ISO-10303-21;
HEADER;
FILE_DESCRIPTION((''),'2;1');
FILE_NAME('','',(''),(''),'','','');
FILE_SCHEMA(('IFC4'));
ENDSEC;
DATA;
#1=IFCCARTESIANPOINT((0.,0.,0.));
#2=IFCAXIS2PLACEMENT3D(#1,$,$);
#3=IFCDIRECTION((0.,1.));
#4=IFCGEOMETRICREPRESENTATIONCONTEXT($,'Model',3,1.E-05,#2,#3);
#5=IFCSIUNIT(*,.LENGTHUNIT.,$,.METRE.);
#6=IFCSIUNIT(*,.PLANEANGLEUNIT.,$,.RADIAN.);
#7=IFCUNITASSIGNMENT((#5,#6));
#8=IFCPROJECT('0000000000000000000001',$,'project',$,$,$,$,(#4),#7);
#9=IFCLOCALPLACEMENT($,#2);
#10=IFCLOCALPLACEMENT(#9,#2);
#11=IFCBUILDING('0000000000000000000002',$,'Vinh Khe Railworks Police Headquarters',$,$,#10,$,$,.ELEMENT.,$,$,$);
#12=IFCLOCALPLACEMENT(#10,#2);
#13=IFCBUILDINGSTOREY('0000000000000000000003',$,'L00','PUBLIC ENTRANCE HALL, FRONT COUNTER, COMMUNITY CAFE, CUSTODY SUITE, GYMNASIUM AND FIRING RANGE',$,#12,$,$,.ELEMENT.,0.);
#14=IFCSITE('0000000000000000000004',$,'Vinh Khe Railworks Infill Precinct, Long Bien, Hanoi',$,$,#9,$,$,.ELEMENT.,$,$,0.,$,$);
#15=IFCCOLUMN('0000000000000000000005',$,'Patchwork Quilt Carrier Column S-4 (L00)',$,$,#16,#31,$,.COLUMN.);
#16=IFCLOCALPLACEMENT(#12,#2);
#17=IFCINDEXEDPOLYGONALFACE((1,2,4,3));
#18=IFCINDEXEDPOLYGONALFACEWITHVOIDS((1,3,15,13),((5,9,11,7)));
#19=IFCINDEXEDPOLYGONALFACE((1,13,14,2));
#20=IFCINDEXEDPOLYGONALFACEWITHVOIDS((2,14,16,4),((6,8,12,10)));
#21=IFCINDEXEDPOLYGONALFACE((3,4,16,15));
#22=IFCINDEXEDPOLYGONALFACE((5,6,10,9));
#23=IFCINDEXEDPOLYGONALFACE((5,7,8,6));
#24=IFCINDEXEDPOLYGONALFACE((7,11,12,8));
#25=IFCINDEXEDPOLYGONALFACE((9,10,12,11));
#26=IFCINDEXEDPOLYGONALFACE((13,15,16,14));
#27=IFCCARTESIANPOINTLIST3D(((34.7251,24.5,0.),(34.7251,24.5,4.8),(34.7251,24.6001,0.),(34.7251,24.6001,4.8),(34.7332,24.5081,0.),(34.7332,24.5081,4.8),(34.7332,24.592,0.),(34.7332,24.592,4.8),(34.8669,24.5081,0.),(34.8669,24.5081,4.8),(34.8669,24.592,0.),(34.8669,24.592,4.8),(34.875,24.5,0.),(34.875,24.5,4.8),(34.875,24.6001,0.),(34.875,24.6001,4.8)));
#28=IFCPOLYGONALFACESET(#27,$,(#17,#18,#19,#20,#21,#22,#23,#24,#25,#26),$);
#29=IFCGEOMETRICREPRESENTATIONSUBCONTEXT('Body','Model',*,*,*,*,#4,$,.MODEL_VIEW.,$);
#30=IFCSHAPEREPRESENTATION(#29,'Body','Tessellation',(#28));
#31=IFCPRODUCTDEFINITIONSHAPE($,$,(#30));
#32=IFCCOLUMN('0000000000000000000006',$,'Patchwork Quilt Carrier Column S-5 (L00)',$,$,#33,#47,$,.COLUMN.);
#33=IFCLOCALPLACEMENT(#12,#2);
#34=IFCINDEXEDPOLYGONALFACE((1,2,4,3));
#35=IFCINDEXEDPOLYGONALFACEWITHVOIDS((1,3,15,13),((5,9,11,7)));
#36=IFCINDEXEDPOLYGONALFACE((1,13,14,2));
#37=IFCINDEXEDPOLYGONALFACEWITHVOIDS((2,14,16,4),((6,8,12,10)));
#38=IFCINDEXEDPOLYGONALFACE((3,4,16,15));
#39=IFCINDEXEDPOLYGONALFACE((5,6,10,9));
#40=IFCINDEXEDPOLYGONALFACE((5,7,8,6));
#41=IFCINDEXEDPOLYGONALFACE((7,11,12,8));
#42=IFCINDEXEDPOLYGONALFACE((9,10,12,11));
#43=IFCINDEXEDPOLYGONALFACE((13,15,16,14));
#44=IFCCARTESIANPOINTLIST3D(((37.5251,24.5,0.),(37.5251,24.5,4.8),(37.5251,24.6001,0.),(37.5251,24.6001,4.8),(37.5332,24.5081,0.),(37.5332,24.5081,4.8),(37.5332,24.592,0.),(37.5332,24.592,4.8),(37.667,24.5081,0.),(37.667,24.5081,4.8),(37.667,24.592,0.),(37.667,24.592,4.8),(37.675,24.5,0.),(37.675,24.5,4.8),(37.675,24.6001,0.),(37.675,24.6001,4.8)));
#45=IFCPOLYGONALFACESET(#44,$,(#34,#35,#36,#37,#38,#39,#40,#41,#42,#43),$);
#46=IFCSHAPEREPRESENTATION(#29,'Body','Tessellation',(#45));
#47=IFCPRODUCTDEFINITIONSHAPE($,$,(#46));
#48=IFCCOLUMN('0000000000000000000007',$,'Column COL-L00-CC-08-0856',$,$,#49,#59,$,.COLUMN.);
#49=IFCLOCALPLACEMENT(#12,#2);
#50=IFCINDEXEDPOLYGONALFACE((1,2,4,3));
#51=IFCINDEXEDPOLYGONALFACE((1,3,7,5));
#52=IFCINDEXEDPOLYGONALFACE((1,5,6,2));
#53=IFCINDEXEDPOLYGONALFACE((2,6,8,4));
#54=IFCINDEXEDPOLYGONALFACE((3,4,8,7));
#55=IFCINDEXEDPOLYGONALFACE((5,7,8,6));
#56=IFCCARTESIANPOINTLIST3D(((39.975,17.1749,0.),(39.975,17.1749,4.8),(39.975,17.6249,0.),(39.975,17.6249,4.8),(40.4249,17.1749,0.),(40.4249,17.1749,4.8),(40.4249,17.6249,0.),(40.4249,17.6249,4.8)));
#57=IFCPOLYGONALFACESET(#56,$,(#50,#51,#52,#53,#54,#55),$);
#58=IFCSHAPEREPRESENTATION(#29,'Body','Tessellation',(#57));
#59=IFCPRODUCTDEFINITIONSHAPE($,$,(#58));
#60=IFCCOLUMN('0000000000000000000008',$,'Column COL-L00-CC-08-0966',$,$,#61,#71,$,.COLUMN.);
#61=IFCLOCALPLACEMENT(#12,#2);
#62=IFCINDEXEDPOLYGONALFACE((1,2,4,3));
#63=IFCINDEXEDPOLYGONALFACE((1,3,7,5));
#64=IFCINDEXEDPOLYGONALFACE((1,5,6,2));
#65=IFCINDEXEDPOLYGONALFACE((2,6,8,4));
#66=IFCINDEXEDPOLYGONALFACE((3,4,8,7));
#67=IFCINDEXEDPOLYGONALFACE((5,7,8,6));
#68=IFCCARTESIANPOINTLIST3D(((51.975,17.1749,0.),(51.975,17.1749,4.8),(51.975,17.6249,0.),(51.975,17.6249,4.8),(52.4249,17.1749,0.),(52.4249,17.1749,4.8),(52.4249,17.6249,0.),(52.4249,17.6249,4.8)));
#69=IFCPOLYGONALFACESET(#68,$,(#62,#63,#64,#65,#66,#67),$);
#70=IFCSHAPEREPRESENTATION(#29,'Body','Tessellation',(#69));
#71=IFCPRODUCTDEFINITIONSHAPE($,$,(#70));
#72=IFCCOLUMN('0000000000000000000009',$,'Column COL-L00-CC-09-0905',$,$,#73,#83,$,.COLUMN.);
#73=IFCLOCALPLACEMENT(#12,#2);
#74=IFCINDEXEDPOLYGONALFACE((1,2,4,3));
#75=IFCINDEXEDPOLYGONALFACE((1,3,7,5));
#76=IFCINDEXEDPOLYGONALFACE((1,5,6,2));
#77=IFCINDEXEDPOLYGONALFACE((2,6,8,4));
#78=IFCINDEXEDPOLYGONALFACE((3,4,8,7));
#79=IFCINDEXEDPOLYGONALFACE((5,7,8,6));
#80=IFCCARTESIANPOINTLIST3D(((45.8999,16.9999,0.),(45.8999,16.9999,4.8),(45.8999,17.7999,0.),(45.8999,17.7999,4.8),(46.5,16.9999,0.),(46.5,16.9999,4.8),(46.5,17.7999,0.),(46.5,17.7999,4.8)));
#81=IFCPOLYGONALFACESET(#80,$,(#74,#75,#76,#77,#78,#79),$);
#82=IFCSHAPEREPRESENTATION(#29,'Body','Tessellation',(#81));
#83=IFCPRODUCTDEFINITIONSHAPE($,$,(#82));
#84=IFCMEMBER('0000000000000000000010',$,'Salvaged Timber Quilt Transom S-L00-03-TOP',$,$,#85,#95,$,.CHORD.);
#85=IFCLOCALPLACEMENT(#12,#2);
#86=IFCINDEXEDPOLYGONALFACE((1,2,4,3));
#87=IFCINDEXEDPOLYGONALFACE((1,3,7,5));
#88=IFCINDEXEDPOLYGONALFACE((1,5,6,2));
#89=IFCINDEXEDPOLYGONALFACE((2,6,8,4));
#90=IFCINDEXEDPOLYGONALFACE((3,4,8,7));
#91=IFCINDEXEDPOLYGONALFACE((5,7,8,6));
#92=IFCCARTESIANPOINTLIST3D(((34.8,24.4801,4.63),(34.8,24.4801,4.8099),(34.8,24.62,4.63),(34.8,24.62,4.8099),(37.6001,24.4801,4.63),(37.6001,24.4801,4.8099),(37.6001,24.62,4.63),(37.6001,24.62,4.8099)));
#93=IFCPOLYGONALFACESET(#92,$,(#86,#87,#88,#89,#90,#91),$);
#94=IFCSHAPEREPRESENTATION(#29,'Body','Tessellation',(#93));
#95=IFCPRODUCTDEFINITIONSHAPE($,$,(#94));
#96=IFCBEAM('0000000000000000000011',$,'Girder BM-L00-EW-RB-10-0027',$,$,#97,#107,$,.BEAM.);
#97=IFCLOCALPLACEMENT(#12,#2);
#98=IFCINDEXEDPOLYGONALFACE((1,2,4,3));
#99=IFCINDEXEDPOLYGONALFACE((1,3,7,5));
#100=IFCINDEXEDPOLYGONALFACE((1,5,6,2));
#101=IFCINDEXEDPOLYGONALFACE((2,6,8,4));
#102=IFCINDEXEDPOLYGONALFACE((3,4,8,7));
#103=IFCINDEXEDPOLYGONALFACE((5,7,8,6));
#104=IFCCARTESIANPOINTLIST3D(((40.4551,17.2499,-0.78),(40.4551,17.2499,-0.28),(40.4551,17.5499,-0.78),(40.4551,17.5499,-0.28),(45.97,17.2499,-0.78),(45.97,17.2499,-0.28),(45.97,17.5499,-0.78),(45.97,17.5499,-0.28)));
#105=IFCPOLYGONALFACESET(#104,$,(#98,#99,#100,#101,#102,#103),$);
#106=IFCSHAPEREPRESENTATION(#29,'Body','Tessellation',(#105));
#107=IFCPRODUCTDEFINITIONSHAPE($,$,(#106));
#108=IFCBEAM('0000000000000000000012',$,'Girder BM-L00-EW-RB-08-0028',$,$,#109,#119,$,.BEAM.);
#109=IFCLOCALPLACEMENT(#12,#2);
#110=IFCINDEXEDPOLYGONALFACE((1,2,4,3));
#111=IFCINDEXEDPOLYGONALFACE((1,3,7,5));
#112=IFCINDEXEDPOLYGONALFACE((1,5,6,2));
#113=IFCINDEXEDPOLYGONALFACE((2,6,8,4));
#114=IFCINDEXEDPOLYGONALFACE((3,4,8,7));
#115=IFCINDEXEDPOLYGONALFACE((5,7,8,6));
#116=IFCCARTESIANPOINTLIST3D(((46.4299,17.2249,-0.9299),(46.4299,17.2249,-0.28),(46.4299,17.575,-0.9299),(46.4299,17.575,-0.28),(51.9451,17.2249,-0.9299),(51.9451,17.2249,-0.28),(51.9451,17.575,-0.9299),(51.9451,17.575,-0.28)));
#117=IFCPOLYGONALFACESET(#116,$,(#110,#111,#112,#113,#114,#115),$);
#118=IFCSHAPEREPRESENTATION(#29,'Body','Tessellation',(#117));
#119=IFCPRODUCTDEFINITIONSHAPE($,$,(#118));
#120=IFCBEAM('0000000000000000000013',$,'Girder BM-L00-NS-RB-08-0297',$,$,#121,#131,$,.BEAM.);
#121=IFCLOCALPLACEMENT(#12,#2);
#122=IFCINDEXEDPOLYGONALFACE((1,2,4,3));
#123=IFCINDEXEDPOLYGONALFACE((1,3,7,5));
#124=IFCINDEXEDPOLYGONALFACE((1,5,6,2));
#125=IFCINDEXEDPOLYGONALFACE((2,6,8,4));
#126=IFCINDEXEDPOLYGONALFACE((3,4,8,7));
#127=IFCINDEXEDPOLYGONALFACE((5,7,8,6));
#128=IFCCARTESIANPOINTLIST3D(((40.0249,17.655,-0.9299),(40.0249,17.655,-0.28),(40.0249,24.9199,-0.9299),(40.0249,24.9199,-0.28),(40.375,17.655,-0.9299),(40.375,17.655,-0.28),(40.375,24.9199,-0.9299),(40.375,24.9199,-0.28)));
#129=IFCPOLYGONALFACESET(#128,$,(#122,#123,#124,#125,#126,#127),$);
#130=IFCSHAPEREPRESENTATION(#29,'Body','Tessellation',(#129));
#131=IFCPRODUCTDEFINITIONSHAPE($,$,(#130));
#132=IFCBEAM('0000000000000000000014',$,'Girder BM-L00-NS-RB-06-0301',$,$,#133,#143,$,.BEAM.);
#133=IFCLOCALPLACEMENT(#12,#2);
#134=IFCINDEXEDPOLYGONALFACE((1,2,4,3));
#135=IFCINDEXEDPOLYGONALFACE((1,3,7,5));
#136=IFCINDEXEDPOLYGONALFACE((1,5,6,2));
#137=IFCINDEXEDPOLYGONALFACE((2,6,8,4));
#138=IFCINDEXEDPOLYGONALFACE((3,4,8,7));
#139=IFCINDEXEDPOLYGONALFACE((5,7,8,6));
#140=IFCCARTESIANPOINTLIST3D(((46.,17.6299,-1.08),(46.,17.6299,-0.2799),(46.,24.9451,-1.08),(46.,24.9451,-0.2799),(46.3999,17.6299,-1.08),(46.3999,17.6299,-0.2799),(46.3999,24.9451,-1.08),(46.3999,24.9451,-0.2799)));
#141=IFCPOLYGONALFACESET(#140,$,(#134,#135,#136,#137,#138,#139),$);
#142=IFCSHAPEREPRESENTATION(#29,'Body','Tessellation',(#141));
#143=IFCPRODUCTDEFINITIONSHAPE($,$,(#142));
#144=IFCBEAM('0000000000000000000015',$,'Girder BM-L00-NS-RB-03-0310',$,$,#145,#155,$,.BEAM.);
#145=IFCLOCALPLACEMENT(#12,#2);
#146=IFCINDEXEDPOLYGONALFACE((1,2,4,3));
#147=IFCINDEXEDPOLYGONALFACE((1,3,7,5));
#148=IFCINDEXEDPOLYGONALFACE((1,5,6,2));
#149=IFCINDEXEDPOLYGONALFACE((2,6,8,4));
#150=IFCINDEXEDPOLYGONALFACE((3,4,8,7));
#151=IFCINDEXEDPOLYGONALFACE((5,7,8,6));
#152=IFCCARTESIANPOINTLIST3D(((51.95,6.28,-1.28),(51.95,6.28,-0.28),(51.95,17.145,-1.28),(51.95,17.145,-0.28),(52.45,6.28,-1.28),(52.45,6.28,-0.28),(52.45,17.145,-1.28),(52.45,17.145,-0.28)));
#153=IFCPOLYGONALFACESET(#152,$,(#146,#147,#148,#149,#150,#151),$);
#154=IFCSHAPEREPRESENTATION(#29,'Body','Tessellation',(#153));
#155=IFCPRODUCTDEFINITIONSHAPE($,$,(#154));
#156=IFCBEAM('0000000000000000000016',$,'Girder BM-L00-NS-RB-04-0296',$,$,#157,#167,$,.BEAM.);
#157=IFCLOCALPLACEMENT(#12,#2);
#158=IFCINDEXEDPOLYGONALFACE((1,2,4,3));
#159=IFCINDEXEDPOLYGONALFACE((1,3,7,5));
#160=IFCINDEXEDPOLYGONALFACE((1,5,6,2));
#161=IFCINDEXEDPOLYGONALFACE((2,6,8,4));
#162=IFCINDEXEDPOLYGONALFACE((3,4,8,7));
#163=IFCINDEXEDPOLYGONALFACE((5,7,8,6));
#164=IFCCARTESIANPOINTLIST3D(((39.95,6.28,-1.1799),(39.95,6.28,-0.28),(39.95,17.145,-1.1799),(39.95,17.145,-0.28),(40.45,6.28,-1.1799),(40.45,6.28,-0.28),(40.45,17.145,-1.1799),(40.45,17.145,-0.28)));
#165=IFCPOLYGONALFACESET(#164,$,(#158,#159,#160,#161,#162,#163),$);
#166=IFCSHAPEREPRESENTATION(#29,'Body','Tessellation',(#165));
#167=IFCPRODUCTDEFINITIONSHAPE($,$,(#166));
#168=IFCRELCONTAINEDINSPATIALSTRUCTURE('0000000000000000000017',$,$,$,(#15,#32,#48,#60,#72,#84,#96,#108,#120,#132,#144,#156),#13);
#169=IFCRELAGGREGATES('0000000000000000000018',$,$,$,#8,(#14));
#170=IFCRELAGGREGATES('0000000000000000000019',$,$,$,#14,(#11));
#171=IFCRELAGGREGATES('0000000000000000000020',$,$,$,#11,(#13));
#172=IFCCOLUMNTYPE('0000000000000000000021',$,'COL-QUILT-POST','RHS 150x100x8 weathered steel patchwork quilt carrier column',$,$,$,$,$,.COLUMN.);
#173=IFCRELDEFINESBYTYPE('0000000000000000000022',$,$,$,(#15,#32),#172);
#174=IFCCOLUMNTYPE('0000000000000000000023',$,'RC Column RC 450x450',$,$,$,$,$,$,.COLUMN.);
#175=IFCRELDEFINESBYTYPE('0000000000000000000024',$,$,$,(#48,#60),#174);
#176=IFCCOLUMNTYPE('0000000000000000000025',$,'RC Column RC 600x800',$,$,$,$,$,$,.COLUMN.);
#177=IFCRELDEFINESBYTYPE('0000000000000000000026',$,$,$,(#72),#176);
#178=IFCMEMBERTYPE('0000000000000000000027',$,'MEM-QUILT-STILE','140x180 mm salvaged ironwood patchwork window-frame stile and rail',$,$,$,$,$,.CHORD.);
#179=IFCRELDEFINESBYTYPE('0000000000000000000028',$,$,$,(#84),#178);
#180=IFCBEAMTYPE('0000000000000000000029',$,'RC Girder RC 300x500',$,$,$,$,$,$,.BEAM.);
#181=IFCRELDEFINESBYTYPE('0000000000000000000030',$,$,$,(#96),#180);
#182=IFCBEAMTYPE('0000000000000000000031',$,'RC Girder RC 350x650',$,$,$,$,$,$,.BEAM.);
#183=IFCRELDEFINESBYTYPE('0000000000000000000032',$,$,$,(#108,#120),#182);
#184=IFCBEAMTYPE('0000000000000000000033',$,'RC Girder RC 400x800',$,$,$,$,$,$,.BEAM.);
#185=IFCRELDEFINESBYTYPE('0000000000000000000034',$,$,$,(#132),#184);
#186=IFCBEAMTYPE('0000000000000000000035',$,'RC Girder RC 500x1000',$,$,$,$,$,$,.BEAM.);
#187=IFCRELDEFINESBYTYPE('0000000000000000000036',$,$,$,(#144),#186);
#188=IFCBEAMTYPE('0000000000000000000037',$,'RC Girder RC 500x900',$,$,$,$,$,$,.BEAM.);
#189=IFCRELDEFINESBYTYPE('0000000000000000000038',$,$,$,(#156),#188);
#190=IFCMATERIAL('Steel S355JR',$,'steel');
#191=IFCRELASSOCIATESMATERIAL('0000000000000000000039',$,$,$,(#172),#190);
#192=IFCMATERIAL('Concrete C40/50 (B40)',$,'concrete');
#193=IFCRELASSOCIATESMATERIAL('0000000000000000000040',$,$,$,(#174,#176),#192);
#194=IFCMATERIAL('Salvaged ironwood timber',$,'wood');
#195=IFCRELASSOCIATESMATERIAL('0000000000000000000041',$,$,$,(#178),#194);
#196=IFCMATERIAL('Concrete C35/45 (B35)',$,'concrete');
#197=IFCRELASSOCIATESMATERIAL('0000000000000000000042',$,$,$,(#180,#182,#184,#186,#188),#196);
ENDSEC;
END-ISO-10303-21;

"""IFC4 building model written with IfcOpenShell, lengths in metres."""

from ifc_helpers import new_model, si_unit, direction, frame, origin, origin_2d, place, context, subcontext, project, spatial, rectangle, hollow_rectangle, extrude, material, material_profile, profile_set, type_object, element, save


model = new_model("IFC4")

# Units and contexts
model_context = context("Model", 3, precision=1e-05, world=origin(), true_north=direction((0.0, 1.0)))
body_context = subcontext(model_context, "Body", "Model", "MODEL_VIEW")
ifc_project = project(units=[si_unit("LENGTHUNIT", "METRE"), si_unit("PLANEANGLEUNIT", "RADIAN")], contexts=[model_context])

# Site, building, storey
site_placement = place(None, origin())
site = spatial("IfcSite", under=ifc_project, at=site_placement, Name="Vinh Khe Railworks Infill Precinct, Long Bien, Hanoi", CompositionType="ELEMENT", RefElevation=0.0)
building_placement = place(site_placement, origin())
building = spatial("IfcBuilding", under=site, at=building_placement, Name="Vinh Khe Railworks Police Headquarters", CompositionType="ELEMENT")
storey_placement = place(building_placement, origin())
storey = spatial("IfcBuildingStorey", under=building, at=storey_placement, Name="L00", Description="PUBLIC ENTRANCE HALL, FRONT COUNTER, COMMUNITY CAFE, CUSTODY SUITE, GYMNASIUM AND FIRING RANGE", CompositionType="ELEMENT", Elevation=0.0)

# Columns
ifc_material_1 = material(Name="Steel S355JR", Category="steel")
ifc_material_profile_1 = material_profile(ifc_material_1, hollow_rectangle(XDim=0.1499, YDim=0.1001, WallThickness=0.0081, at=origin_2d()), Name="RHS 150x100x8")
ifc_profile_set_1 = profile_set([ifc_material_profile_1], Name="Steel S355JR")
column_type_1 = type_object("IfcColumnType", Name="COL-QUILT-POST", Description="RHS 150x100x8 weathered steel patchwork quilt carrier column", PredefinedType="COLUMN", material=ifc_profile_set_1)
for number, where, z_axis, x_axis, name in (
    (1, (34.8, 24.55, 0.0), (0.0, 0.0, 1.0), (1.0, 0.0, 0.0), "Patchwork Quilt Carrier Column S-4 (L00)"),
    (2, (37.6001, 24.55, 0.0), (0.0, 0.0, 1.0), (1.0, 0.0, 0.0), "Patchwork Quilt Carrier Column S-5 (L00)"),
):
    element("IfcColumn", number, at=place(storey_placement, frame(where, z_axis=z_axis, x_axis=x_axis)), inside=storey, type_object=column_type_1, Name=name, PredefinedType="COLUMN", context=body_context, shape_type="SweptSolid", body=[
        extrude(hollow_rectangle(XDim=0.1499, YDim=0.1001, WallThickness=0.0081, at=origin_2d()), origin(), (0.0, 0.0, 1.0), 4.8),
    ])
ifc_material_2 = material(Name="Concrete C40/50 (B40)", Category="concrete")
ifc_material_profile_2 = material_profile(ifc_material_2, rectangle(XDim=0.45, YDim=0.45, at=origin_2d()), Name="RC 450x450")
ifc_profile_set_2 = profile_set([ifc_material_profile_2], Name="Concrete C40/50 (B40)")
column_type_2 = type_object("IfcColumnType", Name="RC Column RC 450x450", PredefinedType="COLUMN", material=ifc_profile_set_2)
for number, where, z_axis, x_axis, name in (
    (3, (40.2, 17.3999, 0.0), (0.0, 0.0, 1.0), (1.0, 0.0, 0.0), "Column COL-L00-CC-08-0856"),
    (4, (52.2, 17.3999, 0.0), (0.0, 0.0, 1.0), (1.0, 0.0, 0.0), "Column COL-L00-CC-08-0966"),
):
    element("IfcColumn", number, at=place(storey_placement, frame(where, z_axis=z_axis, x_axis=x_axis)), inside=storey, type_object=column_type_2, Name=name, PredefinedType="COLUMN", context=body_context, shape_type="SweptSolid", body=[
        extrude(rectangle(XDim=0.45, YDim=0.45, at=origin_2d()), origin(), (0.0, 0.0, 1.0), 4.8),
    ])
ifc_material_profile_3 = material_profile(ifc_material_2, rectangle(XDim=0.6001, YDim=0.8, at=origin_2d()), Name="RC 600x800")
ifc_profile_set_3 = profile_set([ifc_material_profile_3], Name="Concrete C40/50 (B40)")
column_type_3 = type_object("IfcColumnType", Name="RC Column RC 600x800", PredefinedType="COLUMN", material=ifc_profile_set_3)
column_placement = place(storey_placement, frame((46.2, 17.3999, 0.0), z_axis=(0.0, 0.0, 1.0), x_axis=(1.0, 0.0, 0.0)))
element("IfcColumn", 5, at=column_placement, inside=storey, type_object=column_type_3, Name="Column COL-L00-CC-09-0905", PredefinedType="COLUMN", context=body_context, shape_type="SweptSolid", body=[
    extrude(rectangle(XDim=0.6001, YDim=0.8, at=origin_2d()), origin(), (0.0, 0.0, 1.0), 4.8),
])

# Member
ifc_material_3 = material(Name="Salvaged ironwood timber", Category="wood")
ifc_material_profile_4 = material_profile(ifc_material_3, rectangle(XDim=0.1399, YDim=0.1799, at=origin_2d()), Name="TIMBER 140x180")
ifc_profile_set_4 = profile_set([ifc_material_profile_4], Name="Salvaged ironwood timber")
member_type = type_object("IfcMemberType", Name="MEM-QUILT-STILE", Description="140x180 mm salvaged ironwood patchwork window-frame stile and rail", PredefinedType="CHORD", material=ifc_profile_set_4)
member_placement = place(storey_placement, frame((34.8, 24.55, 4.72), z_axis=(1.0, 0.0, 0.0), x_axis=(0.0, 1.0, 0.0)))
element("IfcMember", 6, at=member_placement, inside=storey, type_object=member_type, Name="Salvaged Timber Quilt Transom S-L00-03-TOP", PredefinedType="CHORD", context=body_context, shape_type="SweptSolid", body=[
    extrude(rectangle(XDim=0.1399, YDim=0.1799, at=origin_2d()), origin(), (0.0, 0.0, 1.0), 2.8),
])

# Beams
ifc_material_4 = material(Name="Concrete C35/45 (B35)", Category="concrete")
ifc_material_profile_5 = material_profile(ifc_material_4, rectangle(XDim=0.3, YDim=0.5, at=origin_2d()), Name="RC 300x500")
ifc_profile_set_5 = profile_set([ifc_material_profile_5], Name="Concrete C35/45 (B35)")
beam_type_1 = type_object("IfcBeamType", Name="RC Girder RC 300x500", PredefinedType="BEAM", material=ifc_profile_set_5)
beam_1_placement = place(storey_placement, frame((40.4551, 17.3999, -0.53), z_axis=(1.0, 0.0, 0.0), x_axis=(0.0, 1.0, 0.0)))
element("IfcBeam", 7, at=beam_1_placement, inside=storey, type_object=beam_type_1, Name="Girder BM-L00-EW-RB-10-0027", PredefinedType="BEAM", context=body_context, shape_type="SweptSolid", body=[
    extrude(rectangle(XDim=0.3, YDim=0.5, at=origin_2d()), origin(), (0.0, 0.0, 1.0), 5.5149),
])
ifc_material_profile_6 = material_profile(ifc_material_4, rectangle(XDim=0.3501, YDim=0.6499, at=origin_2d()), Name="RC 350x650")
ifc_profile_set_6 = profile_set([ifc_material_profile_6], Name="Concrete C35/45 (B35)")
beam_type_2 = type_object("IfcBeamType", Name="RC Girder RC 350x650", PredefinedType="BEAM", material=ifc_profile_set_6)
beam_2_placement = place(storey_placement, frame((46.4299, 17.3999, -0.605), z_axis=(1.0, 0.0, 0.0), x_axis=(0.0, 1.0, 0.0)))
element("IfcBeam", 8, at=beam_2_placement, inside=storey, type_object=beam_type_2, Name="Girder BM-L00-EW-RB-08-0028", PredefinedType="BEAM", context=body_context, shape_type="SweptSolid", body=[
    extrude(rectangle(XDim=0.3501, YDim=0.6499, at=origin_2d()), origin(), (0.0, 0.0, 1.0), 5.5151),
])
beam_3_placement = place(storey_placement, frame((40.2, 17.655, -0.605), z_axis=(0.0, 1.0, 0.0), x_axis=(-1.0, 0.0, 0.0)))
element("IfcBeam", 9, at=beam_3_placement, inside=storey, type_object=beam_type_2, Name="Girder BM-L00-NS-RB-08-0297", PredefinedType="BEAM", context=body_context, shape_type="SweptSolid", body=[
    extrude(rectangle(XDim=0.3501, YDim=0.6499, at=origin_2d()), origin(), (0.0, 0.0, 1.0), 7.2649),
])
ifc_material_profile_7 = material_profile(ifc_material_4, rectangle(XDim=0.3999, YDim=0.8, at=origin_2d()), Name="RC 400x800")
ifc_profile_set_7 = profile_set([ifc_material_profile_7], Name="Concrete C35/45 (B35)")
beam_type_3 = type_object("IfcBeamType", Name="RC Girder RC 400x800", PredefinedType="BEAM", material=ifc_profile_set_7)
beam_4_placement = place(storey_placement, frame((46.2, 17.6299, -0.6799), z_axis=(0.0, 1.0, 0.0), x_axis=(-1.0, 0.0, 0.0)))
element("IfcBeam", 10, at=beam_4_placement, inside=storey, type_object=beam_type_3, Name="Girder BM-L00-NS-RB-06-0301", PredefinedType="BEAM", context=body_context, shape_type="SweptSolid", body=[
    extrude(rectangle(XDim=0.3999, YDim=0.8, at=origin_2d()), origin(), (0.0, 0.0, 1.0), 7.3152),
])
ifc_material_profile_8 = material_profile(ifc_material_4, rectangle(XDim=0.5, YDim=1.0, at=origin_2d()), Name="RC 500x1000")
ifc_profile_set_8 = profile_set([ifc_material_profile_8], Name="Concrete C35/45 (B35)")
beam_type_4 = type_object("IfcBeamType", Name="RC Girder RC 500x1000", PredefinedType="BEAM", material=ifc_profile_set_8)
beam_5_placement = place(storey_placement, frame((52.2, 6.28, -0.78), z_axis=(0.0, 1.0, 0.0), x_axis=(-1.0, 0.0, 0.0)))
element("IfcBeam", 11, at=beam_5_placement, inside=storey, type_object=beam_type_4, Name="Girder BM-L00-NS-RB-03-0310", PredefinedType="BEAM", context=body_context, shape_type="SweptSolid", body=[
    extrude(rectangle(XDim=0.5, YDim=1.0, at=origin_2d()), origin(), (0.0, 0.0, 1.0), 10.865),
])
ifc_material_profile_9 = material_profile(ifc_material_4, rectangle(XDim=0.5, YDim=0.8999, at=origin_2d()), Name="RC 500x900")
ifc_profile_set_9 = profile_set([ifc_material_profile_9], Name="Concrete C35/45 (B35)")
beam_type_5 = type_object("IfcBeamType", Name="RC Girder RC 500x900", PredefinedType="BEAM", material=ifc_profile_set_9)
beam_6_placement = place(storey_placement, frame((40.2, 6.28, -0.73), z_axis=(0.0, 1.0, 0.0), x_axis=(-1.0, 0.0, 0.0)))
element("IfcBeam", 12, at=beam_6_placement, inside=storey, type_object=beam_type_5, Name="Girder BM-L00-NS-RB-04-0296", PredefinedType="BEAM", context=body_context, shape_type="SweptSolid", body=[
    extrude(rectangle(XDim=0.5, YDim=0.8999, at=origin_2d()), origin(), (0.0, 0.0, 1.0), 10.865),
])

save(model, "model.ifc")
